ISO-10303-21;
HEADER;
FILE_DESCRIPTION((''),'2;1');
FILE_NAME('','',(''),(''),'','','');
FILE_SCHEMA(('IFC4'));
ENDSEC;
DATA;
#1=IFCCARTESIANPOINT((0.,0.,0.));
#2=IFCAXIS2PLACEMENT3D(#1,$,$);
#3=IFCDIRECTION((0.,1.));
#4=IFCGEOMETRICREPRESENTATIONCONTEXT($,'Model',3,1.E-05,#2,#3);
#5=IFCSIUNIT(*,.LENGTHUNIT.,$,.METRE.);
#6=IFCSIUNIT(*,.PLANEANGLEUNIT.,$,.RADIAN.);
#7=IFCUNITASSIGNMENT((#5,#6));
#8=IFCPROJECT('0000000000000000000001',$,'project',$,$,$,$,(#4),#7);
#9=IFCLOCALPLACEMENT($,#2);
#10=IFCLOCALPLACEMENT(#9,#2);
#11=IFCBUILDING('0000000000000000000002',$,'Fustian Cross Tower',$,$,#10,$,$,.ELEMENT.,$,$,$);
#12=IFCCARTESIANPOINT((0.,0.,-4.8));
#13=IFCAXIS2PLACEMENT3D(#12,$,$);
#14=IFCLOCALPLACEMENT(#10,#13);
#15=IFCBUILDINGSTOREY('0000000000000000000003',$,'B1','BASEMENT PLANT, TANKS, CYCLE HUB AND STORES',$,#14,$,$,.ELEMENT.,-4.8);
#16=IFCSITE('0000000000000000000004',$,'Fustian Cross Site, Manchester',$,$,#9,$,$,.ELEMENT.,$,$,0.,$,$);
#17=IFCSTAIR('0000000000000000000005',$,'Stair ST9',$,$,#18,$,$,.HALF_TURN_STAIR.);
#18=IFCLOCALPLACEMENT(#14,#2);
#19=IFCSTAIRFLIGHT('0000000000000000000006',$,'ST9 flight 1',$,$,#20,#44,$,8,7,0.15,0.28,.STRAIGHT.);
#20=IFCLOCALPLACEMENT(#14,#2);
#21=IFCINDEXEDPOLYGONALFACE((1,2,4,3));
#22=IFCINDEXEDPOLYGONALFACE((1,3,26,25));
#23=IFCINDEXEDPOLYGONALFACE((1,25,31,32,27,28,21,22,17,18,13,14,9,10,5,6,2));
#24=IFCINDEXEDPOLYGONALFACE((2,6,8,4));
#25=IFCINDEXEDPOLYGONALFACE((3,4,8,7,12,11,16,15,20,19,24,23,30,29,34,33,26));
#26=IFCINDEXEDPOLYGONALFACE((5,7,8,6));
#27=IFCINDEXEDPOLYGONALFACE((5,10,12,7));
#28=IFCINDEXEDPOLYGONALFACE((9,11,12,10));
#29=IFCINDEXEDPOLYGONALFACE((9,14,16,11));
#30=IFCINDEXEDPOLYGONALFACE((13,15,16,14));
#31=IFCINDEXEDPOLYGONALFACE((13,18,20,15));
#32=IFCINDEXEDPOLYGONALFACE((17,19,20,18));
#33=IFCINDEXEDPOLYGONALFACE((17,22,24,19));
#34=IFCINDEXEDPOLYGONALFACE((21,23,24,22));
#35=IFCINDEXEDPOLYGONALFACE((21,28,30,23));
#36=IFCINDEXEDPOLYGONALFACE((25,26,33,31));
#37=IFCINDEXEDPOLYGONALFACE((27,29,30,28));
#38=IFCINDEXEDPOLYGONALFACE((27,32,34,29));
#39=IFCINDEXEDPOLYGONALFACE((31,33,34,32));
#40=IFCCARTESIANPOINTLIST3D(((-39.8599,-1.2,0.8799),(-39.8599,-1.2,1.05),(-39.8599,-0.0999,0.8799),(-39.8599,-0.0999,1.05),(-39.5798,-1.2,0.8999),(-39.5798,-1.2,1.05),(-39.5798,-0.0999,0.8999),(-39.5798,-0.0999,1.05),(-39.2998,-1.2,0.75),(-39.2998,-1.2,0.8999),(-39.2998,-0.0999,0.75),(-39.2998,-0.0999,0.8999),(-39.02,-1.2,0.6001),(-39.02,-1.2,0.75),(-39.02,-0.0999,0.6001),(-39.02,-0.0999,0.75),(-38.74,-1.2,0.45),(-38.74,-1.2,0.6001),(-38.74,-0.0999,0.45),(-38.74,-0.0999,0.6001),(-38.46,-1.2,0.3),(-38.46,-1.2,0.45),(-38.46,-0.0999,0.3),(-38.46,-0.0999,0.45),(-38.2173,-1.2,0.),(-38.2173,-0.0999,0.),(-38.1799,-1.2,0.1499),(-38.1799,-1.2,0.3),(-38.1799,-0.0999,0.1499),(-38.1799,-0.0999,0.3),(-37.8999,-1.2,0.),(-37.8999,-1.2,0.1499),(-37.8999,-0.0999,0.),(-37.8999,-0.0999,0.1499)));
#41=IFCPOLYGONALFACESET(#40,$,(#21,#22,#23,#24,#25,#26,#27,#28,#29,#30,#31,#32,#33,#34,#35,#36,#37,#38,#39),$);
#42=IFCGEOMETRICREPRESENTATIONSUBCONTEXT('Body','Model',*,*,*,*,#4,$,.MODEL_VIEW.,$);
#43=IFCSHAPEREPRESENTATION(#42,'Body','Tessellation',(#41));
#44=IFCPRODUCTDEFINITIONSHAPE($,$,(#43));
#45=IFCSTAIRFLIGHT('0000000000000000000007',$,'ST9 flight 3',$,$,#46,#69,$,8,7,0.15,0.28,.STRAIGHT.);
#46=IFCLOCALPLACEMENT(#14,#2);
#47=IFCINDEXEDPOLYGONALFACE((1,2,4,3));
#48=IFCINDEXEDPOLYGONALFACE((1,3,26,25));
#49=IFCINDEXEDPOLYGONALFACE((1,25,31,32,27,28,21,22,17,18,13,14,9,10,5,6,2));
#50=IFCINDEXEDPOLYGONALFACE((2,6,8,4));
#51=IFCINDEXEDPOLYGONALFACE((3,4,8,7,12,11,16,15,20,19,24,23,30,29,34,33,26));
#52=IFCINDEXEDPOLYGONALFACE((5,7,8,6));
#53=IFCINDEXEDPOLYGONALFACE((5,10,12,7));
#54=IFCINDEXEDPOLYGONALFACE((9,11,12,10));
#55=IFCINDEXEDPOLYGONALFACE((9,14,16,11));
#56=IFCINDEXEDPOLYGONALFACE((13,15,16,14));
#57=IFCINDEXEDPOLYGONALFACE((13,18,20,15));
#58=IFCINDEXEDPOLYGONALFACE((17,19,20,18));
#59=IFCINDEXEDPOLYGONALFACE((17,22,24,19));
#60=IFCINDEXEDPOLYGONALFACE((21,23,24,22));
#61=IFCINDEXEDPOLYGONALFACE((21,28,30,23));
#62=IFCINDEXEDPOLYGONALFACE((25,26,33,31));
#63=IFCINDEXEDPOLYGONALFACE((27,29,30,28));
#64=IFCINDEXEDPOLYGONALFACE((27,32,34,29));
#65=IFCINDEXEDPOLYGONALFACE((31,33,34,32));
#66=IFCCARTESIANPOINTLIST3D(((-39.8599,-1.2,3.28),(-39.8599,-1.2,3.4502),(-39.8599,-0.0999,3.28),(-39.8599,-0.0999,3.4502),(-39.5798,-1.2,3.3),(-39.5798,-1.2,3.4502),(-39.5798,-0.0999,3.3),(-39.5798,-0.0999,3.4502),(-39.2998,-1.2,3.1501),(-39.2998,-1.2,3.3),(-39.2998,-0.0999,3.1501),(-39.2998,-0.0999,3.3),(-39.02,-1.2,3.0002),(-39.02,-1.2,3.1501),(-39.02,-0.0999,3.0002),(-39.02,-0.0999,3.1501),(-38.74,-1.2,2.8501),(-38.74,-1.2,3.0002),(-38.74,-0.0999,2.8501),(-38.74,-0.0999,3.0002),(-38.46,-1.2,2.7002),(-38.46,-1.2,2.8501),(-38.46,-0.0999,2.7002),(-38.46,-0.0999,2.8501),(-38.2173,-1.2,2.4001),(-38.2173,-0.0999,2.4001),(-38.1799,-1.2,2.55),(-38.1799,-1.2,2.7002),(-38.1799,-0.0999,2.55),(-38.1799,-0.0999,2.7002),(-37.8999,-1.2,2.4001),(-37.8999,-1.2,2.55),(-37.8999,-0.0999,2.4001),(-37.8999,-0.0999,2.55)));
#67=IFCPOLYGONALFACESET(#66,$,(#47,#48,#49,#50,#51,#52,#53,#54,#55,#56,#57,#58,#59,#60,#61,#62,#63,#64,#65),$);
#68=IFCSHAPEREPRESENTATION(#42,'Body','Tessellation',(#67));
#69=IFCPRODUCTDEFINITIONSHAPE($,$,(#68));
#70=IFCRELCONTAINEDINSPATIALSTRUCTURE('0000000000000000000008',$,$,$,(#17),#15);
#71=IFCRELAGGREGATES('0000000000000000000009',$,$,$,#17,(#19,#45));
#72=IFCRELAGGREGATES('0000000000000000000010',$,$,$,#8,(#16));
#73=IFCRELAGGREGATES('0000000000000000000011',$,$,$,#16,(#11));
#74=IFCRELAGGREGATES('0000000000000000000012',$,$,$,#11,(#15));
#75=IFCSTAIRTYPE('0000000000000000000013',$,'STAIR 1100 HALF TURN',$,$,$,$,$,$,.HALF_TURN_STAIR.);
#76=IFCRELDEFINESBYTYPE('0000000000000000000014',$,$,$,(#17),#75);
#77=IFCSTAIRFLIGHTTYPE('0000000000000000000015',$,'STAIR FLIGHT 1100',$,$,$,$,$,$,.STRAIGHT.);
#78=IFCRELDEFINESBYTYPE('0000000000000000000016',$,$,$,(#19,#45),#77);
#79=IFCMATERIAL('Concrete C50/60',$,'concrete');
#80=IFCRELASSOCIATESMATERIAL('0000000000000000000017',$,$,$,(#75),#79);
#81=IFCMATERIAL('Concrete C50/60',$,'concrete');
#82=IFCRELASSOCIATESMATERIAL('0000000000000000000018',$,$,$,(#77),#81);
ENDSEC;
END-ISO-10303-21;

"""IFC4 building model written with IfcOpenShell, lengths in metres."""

from ifc_helpers import new_model, si_unit, direction, frame, origin, place, context, subcontext, project, spatial, polyline, outline, extrude, material, type_object, element, aggregate, save


model = new_model("IFC4")

# Units and contexts
model_context = context("Model", 3, precision=1e-05, world=origin(), true_north=direction((0.0, 1.0)))
body_context = subcontext(model_context, "Body", "Model", "MODEL_VIEW")
ifc_project = project(units=[si_unit("LENGTHUNIT", "METRE"), si_unit("PLANEANGLEUNIT", "RADIAN")], contexts=[model_context])

# Site, building, storey
site_placement = place(None, origin())
site = spatial("IfcSite", under=ifc_project, at=site_placement, Name="Fustian Cross Site, Manchester", CompositionType="ELEMENT", RefElevation=0.0)
building_placement = place(site_placement, origin())
building = spatial("IfcBuilding", under=site, at=building_placement, Name="Fustian Cross Tower", CompositionType="ELEMENT")
storey_placement = place(building_placement, frame((0.0, 0.0, -4.8)))
storey = spatial("IfcBuildingStorey", under=building, at=storey_placement, Name="B1", Description="BASEMENT PLANT, TANKS, CYCLE HUB AND STORES", CompositionType="ELEMENT", Elevation=-4.8)

# Stair, stair flights
ifc_material_1 = material(Name="Concrete C50/60", Category="concrete")
stair_type = type_object("IfcStairType", Name="STAIR 1100 HALF TURN", PredefinedType="HALF_TURN_STAIR", material=ifc_material_1)
stair_placement = place(storey_placement, origin())
stair = element("IfcStair", 1, at=stair_placement, inside=storey, type_object=stair_type, Name="Stair ST9", PredefinedType="HALF_TURN_STAIR")
ifc_material_2 = material(Name="Concrete C50/60", Category="concrete")
stair_flight_type = type_object("IfcStairFlightType", Name="STAIR FLIGHT 1100", PredefinedType="STRAIGHT", material=ifc_material_2)
stair_flight_1_placement = place(storey_placement, frame((-37.8999, -0.6499, 0.0), z_axis=(0.0, 0.0, 1.0), x_axis=(-1.0, 0.0, 0.0)))
stair_flight_1 = element("IfcStairFlight", 2, at=stair_flight_1_placement, type_object=stair_flight_type, Name="ST9 flight 1", NumberOfRisers=8, NumberOfTreads=7, PredefinedType="STRAIGHT", RiserHeight=0.15, TreadLength=0.28, context=body_context, shape_type="SweptSolid", body=[
    extrude(outline(polyline([(0.0, 0.0), (0.0, 0.1499), (0.28, 0.1499), (0.28, 0.3), (0.5601, 0.3), (0.5601, 0.45), (0.8401, 0.45), (0.8401, 0.6001), (1.1201, 0.6001), (1.1201, 0.75), (1.3999, 0.75), (1.3999, 0.8999), (1.6799, 0.8999), (1.6799, 1.05), (1.96, 1.05), (1.96, 1.2), (1.96, 0.8799), (0.3174, 0.0), (0.0, 0.0)])), frame((0.0, 0.55, 0.0), z_axis=(0.0, -1.0, 0.0), x_axis=(1.0, 0.0, 0.0)), (0.0, 0.0, 1.0), 1.1001),
])
stair_flight_2_placement = place(storey_placement, frame((-37.8999, -0.6499, 2.4001), z_axis=(0.0, 0.0, 1.0), x_axis=(-1.0, 0.0, 0.0)))
stair_flight_2 = element("IfcStairFlight", 3, at=stair_flight_2_placement, type_object=stair_flight_type, Name="ST9 flight 3", NumberOfRisers=8, NumberOfTreads=7, PredefinedType="STRAIGHT", RiserHeight=0.15, TreadLength=0.28, context=body_context, shape_type="SweptSolid", body=[
    extrude(outline(polyline([(0.0, 0.0), (0.0, 0.1499), (0.28, 0.1499), (0.28, 0.3), (0.5601, 0.3), (0.5601, 0.45), (0.8401, 0.45), (0.8401, 0.6001), (1.1201, 0.6001), (1.1201, 0.75), (1.3999, 0.75), (1.3999, 0.8999), (1.6799, 0.8999), (1.6799, 1.05), (1.96, 1.05), (1.96, 1.2), (1.96, 0.8799), (0.3174, 0.0), (0.0, 0.0)])), frame((0.0, 0.55, 0.0), z_axis=(0.0, -1.0, 0.0), x_axis=(1.0, 0.0, 0.0)), (0.0, 0.0, 1.0), 1.1001),
])
aggregate(stair, [stair_flight_1, stair_flight_2])

save(model, "model.ifc")
